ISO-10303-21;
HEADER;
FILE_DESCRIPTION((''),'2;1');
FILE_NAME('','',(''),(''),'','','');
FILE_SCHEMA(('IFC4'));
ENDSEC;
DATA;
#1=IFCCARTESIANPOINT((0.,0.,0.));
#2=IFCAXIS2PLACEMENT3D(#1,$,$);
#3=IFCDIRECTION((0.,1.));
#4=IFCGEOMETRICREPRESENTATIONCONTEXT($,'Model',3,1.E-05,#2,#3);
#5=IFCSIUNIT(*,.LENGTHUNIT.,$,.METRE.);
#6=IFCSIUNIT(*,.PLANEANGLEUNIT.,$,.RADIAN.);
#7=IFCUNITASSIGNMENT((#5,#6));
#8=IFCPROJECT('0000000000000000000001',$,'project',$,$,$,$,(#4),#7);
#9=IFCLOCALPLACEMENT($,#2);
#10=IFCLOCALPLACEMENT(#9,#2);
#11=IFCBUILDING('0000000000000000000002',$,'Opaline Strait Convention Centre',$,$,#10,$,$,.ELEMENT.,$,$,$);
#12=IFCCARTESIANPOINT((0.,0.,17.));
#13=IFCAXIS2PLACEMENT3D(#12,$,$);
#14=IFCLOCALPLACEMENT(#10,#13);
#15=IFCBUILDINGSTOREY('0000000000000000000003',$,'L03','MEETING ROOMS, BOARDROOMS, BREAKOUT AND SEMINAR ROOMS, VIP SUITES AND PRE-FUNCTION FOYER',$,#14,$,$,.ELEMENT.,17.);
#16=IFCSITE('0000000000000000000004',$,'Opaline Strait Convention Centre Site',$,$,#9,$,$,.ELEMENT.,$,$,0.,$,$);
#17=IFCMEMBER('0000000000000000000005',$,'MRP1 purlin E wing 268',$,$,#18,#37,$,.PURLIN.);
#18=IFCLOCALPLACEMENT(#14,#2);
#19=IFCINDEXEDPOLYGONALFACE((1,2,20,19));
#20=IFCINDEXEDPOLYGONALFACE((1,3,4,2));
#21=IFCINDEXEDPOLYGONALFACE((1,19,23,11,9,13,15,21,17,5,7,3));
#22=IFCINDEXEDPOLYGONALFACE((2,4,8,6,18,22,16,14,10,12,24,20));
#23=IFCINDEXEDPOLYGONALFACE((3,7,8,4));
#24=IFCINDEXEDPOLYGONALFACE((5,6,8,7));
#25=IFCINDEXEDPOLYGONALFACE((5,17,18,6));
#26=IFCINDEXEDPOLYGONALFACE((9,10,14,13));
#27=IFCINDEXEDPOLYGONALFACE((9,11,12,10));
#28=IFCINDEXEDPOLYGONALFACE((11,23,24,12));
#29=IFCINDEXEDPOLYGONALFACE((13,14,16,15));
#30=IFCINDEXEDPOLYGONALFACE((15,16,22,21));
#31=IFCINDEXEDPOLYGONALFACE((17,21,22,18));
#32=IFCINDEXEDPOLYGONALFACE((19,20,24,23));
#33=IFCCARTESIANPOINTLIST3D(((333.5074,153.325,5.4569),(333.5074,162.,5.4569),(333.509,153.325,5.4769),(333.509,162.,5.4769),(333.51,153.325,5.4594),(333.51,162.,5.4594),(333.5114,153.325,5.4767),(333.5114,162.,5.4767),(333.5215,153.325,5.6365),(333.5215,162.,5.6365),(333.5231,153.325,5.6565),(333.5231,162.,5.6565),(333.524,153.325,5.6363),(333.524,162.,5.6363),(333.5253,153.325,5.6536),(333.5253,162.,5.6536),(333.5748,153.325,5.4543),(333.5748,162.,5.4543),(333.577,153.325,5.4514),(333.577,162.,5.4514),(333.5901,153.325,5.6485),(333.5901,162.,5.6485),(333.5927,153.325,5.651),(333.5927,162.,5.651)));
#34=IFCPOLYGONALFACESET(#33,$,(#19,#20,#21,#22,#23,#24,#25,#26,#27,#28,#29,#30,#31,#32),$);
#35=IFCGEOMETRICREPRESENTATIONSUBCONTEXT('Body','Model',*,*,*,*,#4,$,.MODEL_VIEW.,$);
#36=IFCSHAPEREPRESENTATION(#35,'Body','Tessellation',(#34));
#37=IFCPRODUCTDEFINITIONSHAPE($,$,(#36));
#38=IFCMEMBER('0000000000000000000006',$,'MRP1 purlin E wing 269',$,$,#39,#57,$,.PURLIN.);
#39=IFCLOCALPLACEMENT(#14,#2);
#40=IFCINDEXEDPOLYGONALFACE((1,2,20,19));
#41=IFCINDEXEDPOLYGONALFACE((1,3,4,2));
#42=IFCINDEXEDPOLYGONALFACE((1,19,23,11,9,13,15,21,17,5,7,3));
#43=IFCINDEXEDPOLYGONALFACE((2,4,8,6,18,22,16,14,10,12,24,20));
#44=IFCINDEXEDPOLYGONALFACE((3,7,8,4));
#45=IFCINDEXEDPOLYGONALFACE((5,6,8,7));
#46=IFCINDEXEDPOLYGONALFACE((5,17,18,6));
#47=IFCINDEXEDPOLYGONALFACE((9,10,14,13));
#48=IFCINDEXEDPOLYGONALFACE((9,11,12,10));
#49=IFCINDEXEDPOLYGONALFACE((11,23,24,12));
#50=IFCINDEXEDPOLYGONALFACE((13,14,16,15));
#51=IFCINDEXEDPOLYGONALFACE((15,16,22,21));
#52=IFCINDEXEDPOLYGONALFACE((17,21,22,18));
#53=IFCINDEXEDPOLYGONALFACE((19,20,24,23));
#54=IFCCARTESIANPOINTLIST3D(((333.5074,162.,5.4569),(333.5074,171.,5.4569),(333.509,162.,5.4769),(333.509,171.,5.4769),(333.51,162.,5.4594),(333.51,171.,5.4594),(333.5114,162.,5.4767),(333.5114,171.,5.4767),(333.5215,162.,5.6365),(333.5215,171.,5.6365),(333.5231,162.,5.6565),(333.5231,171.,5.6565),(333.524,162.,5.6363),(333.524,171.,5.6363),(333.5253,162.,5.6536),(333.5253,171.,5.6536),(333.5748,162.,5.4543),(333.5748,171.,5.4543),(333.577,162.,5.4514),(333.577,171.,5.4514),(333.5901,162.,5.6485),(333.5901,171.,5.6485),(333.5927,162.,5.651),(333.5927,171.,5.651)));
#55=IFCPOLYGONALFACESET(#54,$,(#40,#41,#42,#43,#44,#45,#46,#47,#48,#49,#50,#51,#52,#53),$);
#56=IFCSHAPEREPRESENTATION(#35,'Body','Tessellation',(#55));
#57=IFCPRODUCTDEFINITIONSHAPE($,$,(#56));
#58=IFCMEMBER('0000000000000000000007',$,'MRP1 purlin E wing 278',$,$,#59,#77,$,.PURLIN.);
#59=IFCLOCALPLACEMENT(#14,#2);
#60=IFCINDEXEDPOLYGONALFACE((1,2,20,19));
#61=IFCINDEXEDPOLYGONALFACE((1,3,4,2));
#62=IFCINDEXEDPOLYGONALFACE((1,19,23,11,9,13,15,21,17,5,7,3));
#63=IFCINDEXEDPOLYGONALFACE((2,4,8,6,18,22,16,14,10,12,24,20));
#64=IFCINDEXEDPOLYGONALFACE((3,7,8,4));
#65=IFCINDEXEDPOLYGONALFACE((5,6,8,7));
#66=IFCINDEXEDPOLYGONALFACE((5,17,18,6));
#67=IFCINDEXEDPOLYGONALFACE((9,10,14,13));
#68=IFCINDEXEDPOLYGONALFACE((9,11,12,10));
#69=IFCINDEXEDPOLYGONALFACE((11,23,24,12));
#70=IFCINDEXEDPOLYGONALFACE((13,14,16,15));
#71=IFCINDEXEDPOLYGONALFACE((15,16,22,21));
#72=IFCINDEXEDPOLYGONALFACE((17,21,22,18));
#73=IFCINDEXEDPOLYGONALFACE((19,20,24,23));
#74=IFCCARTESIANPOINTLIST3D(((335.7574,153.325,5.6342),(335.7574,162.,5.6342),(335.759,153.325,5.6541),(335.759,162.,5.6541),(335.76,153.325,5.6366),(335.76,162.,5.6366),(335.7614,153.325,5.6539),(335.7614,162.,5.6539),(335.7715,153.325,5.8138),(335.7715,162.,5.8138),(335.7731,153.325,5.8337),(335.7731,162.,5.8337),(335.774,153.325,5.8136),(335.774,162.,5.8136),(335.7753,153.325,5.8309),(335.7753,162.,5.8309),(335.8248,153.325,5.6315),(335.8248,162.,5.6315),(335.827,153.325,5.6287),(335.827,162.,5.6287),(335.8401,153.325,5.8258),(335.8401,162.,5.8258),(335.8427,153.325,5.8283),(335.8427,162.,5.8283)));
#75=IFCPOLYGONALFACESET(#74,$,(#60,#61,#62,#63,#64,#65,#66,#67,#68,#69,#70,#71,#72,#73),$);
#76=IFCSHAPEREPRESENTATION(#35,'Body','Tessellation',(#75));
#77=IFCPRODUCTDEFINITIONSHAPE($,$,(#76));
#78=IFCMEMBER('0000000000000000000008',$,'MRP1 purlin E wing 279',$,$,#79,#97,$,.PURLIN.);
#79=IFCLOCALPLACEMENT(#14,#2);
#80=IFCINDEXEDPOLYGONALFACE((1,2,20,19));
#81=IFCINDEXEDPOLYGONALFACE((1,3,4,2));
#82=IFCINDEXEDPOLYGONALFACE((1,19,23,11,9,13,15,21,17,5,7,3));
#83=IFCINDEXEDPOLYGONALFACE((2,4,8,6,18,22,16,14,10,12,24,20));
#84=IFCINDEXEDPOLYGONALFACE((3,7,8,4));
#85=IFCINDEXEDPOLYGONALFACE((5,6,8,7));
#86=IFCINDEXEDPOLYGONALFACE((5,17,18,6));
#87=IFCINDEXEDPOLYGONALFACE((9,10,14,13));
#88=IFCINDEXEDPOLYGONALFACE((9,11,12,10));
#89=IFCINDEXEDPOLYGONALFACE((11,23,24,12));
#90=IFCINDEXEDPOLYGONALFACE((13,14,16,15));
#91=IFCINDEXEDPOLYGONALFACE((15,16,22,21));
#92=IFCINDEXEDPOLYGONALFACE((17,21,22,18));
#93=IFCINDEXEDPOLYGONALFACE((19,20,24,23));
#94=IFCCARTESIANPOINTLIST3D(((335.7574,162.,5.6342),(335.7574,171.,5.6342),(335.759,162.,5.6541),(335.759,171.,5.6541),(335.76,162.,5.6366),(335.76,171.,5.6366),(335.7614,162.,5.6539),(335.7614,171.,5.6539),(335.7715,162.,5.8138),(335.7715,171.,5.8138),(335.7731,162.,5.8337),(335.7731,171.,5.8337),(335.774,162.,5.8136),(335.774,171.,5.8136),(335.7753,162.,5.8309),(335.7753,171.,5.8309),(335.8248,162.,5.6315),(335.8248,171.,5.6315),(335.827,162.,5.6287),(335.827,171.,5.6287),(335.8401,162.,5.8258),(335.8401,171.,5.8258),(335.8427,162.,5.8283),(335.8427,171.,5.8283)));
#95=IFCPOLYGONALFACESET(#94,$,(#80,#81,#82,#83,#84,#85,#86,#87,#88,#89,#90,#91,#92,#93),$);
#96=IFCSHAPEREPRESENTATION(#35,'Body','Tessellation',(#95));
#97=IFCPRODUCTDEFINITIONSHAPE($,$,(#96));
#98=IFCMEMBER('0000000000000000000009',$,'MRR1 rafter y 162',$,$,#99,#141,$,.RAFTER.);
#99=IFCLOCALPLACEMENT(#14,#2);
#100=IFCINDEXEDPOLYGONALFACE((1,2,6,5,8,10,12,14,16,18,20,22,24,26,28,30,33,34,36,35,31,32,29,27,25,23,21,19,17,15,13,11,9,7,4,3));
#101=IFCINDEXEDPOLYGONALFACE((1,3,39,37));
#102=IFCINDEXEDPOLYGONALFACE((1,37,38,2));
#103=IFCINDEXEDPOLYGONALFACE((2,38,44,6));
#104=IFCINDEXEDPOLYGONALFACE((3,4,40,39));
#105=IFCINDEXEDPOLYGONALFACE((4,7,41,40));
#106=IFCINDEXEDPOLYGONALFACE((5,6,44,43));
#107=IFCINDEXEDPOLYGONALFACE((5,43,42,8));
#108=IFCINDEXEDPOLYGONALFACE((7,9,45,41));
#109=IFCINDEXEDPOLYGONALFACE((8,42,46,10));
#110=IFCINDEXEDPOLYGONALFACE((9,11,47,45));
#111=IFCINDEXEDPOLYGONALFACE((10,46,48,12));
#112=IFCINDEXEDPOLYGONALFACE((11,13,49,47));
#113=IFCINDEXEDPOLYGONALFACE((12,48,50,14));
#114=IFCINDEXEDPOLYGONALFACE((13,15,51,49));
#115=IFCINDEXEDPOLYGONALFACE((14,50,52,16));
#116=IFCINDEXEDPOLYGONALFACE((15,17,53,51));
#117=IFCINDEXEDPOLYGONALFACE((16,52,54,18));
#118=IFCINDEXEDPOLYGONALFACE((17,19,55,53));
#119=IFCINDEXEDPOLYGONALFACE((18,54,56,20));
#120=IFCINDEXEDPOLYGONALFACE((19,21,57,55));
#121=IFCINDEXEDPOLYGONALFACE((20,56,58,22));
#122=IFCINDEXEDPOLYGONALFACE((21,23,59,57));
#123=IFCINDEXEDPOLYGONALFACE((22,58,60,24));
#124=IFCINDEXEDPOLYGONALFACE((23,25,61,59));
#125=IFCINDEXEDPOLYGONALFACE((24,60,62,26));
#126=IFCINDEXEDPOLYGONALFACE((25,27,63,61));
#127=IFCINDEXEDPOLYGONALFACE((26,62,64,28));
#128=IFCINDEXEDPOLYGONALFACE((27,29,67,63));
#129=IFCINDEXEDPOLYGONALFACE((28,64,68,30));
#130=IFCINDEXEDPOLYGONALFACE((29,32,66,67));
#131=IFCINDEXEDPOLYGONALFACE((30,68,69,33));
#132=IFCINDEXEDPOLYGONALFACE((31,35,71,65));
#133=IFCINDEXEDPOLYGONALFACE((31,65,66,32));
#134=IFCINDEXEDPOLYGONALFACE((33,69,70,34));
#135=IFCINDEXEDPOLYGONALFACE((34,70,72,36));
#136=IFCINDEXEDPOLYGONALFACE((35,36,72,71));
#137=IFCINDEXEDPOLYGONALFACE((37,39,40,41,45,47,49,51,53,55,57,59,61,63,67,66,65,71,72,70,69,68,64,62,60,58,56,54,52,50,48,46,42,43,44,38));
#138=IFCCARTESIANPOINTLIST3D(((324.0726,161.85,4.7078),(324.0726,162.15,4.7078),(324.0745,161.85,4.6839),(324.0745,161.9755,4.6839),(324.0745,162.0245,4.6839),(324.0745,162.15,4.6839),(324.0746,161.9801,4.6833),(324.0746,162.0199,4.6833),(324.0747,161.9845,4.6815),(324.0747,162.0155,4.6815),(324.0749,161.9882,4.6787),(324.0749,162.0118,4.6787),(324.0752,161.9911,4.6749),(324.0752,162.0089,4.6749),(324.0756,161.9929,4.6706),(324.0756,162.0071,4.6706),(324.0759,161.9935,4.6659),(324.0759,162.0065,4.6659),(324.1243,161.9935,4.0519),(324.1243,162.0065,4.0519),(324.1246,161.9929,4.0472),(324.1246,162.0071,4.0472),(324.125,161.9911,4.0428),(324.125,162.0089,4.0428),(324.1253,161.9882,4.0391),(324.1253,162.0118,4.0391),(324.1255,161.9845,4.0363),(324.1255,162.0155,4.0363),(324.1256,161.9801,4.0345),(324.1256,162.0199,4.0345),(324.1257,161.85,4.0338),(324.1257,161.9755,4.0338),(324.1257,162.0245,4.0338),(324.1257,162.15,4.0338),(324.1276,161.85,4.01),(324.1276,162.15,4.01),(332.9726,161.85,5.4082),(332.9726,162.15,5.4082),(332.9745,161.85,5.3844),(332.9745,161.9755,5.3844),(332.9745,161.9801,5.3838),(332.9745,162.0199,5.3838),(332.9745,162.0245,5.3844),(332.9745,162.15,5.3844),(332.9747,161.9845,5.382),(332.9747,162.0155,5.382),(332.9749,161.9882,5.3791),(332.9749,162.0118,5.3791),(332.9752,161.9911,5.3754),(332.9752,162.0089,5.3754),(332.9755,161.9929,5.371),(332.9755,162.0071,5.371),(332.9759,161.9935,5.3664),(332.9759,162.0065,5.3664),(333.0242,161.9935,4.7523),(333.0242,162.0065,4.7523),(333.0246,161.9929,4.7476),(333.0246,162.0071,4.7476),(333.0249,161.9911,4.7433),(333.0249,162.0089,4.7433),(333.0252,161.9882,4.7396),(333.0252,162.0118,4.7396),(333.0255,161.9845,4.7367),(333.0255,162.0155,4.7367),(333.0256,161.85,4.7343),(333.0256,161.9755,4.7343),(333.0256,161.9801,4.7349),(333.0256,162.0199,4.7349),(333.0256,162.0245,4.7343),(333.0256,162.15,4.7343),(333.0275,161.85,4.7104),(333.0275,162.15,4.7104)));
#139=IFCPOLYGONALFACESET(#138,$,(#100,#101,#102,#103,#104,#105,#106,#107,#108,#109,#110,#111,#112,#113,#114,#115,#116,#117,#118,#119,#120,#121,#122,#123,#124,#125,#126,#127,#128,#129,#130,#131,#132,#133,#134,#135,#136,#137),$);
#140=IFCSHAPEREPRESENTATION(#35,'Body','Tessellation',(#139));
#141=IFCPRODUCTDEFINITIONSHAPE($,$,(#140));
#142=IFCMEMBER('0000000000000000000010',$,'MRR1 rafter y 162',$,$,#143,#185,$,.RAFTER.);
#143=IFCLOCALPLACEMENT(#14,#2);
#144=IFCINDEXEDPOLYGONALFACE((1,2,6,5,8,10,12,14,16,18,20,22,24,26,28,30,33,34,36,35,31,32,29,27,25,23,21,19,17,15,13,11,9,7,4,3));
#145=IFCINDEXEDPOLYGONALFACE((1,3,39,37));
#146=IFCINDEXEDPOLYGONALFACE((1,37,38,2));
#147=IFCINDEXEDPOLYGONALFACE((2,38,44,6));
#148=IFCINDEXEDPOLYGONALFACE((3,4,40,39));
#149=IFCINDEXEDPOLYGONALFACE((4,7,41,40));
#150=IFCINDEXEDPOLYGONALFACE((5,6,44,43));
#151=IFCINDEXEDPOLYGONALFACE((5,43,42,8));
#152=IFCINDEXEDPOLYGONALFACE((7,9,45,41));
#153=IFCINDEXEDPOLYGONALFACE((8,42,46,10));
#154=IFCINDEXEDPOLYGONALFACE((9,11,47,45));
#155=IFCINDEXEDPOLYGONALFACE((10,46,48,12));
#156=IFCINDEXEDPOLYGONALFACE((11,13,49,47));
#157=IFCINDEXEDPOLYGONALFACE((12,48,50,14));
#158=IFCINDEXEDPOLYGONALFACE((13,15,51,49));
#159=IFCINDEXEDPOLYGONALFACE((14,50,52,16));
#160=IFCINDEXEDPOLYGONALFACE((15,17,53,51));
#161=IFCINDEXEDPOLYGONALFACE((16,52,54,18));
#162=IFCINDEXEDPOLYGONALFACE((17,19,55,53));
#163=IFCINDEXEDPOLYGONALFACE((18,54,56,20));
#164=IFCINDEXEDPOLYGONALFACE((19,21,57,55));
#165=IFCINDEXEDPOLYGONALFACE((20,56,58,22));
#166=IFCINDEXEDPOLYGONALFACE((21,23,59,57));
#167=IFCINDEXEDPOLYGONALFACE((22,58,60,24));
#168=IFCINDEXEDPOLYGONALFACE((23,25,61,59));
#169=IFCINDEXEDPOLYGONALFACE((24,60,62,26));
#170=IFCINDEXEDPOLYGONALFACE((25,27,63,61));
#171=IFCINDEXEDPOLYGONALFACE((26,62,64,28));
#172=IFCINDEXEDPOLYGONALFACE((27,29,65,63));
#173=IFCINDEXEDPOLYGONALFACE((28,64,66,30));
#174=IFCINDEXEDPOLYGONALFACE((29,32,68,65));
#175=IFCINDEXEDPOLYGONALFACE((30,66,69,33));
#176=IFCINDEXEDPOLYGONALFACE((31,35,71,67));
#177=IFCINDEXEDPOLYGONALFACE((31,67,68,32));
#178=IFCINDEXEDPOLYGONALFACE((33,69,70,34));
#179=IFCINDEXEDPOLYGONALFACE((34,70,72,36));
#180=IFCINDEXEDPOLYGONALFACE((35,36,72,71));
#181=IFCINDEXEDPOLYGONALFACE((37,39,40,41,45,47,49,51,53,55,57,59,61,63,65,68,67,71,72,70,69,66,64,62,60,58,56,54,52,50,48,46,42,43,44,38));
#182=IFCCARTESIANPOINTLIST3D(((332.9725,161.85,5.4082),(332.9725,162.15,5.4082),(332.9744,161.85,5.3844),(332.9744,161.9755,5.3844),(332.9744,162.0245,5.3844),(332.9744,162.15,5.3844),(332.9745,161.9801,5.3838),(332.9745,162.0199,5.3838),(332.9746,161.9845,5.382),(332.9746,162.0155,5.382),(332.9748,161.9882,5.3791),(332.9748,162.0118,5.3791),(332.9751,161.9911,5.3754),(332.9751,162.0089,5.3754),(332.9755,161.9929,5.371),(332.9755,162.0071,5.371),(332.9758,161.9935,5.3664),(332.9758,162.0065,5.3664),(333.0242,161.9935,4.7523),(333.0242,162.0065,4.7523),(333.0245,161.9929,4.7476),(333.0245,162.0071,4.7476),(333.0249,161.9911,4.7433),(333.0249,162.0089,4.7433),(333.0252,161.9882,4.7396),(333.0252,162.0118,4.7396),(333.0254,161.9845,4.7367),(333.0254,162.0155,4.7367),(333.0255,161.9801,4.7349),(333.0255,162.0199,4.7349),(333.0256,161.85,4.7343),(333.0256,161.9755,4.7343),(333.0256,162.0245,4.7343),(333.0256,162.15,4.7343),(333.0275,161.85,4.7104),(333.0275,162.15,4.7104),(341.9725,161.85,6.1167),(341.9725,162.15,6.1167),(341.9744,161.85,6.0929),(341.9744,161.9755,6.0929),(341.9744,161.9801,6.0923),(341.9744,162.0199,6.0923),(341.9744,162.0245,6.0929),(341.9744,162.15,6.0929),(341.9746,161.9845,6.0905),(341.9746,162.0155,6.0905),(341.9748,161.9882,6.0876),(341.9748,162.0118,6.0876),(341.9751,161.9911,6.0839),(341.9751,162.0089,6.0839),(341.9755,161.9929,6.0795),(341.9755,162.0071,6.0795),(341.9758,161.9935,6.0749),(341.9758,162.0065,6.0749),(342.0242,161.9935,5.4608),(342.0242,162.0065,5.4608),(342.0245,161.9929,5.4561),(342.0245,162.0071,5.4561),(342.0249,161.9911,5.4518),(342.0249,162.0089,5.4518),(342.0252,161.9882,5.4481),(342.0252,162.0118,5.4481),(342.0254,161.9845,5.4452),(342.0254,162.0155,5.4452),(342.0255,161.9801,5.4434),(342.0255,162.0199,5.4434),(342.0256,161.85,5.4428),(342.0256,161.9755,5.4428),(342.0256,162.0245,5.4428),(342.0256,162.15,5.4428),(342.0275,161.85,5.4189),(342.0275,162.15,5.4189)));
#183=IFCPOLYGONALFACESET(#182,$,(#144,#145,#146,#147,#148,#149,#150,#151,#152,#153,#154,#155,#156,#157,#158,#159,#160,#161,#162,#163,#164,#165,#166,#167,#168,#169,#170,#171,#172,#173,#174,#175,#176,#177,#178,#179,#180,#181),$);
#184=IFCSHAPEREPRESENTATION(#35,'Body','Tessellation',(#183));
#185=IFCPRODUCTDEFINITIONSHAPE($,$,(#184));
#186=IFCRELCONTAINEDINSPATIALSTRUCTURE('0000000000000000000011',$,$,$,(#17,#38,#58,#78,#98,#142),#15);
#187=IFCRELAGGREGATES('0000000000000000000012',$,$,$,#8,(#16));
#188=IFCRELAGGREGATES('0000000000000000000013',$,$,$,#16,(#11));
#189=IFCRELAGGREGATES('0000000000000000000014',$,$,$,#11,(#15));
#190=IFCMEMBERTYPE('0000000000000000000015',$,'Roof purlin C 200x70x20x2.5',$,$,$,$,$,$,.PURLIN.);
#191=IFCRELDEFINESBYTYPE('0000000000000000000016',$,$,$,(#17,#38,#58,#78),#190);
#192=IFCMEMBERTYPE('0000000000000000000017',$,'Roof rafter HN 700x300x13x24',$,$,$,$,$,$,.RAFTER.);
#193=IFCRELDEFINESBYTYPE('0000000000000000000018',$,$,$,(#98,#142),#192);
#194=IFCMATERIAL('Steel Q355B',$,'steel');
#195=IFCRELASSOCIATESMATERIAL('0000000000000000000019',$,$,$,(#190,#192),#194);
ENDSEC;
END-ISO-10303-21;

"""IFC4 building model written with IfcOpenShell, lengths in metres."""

from ifc_helpers import new_model, si_unit, direction, frame, origin, origin_2d, place, context, subcontext, project, spatial, polyline, i_section, outline, extrude, material, material_profile, profile_set, type_object, element, save


model = new_model("IFC4")

# Units and contexts
model_context = context("Model", 3, precision=1e-05, world=origin(), true_north=direction((0.0, 1.0)))
body_context = subcontext(model_context, "Body", "Model", "MODEL_VIEW")
ifc_project = project(units=[si_unit("LENGTHUNIT", "METRE"), si_unit("PLANEANGLEUNIT", "RADIAN")], contexts=[model_context])

# Site, building, storey
site_placement = place(None, origin())
site = spatial("IfcSite", under=ifc_project, at=site_placement, Name="Opaline Strait Convention Centre Site", CompositionType="ELEMENT", RefElevation=0.0)
building_placement = place(site_placement, origin())
building = spatial("IfcBuilding", under=site, at=building_placement, Name="Opaline Strait Convention Centre", CompositionType="ELEMENT")
storey_placement = place(building_placement, frame((0.0, 0.0, 17.0)))
storey = spatial("IfcBuildingStorey", under=building, at=storey_placement, Name="L03", Description="MEETING ROOMS, BOARDROOMS, BREAKOUT AND SEMINAR ROOMS, VIP SUITES AND PRE-FUNCTION FOYER", CompositionType="ELEMENT", Elevation=17.0)

# Shared definitions
ifc_material_1 = material(Name="Steel Q355B", Category="steel")

# Members
ifc_material_profile_1 = material_profile(ifc_material_1, outline(polyline([(-0.0349, -0.1001), (0.0349, -0.1001), (0.0349, -0.0801), (0.0325, -0.0801), (0.0325, -0.0974), (-0.0325, -0.0974), (-0.0325, 0.0974), (0.0325, 0.0974), (0.0325, 0.0801), (0.0349, 0.0801), (0.0349, 0.1001), (-0.0349, 0.1001), (-0.0349, -0.1001)])), Name="C 200x70x20x2.5")
ifc_profile_set_1 = profile_set([ifc_material_profile_1], Name="Steel Q355B")
member_type_1 = type_object("IfcMemberType", Name="Roof purlin C 200x70x20x2.5", PredefinedType="PURLIN", material=ifc_profile_set_1)
member_1_placement = place(storey_placement, frame((333.55, 153.325, 5.554), z_axis=(0.0, 1.0, 0.0), x_axis=(-0.996917, 0.0, 0.078459)))
element("IfcMember", 1, at=member_1_placement, inside=storey, type_object=member_type_1, Name="MRP1 purlin E wing 268", PredefinedType="PURLIN", context=body_context, shape_type="SweptSolid", body=[
    extrude(outline(polyline([(-0.0349, -0.1001), (0.0349, -0.1001), (0.0349, -0.0801), (0.0325, -0.0801), (0.0325, -0.0974), (-0.0325, -0.0974), (-0.0325, 0.0974), (0.0325, 0.0974), (0.0325, 0.0801), (0.0349, 0.0801), (0.0349, 0.1001), (-0.0349, 0.1001), (-0.0349, -0.1001)])), origin(), (0.0, 0.0, 1.0), 8.675),
])
member_2_placement = place(storey_placement, frame((333.55, 162.0, 5.554), z_axis=(0.0, 1.0, 0.0), x_axis=(-0.996917, 0.0, 0.078459)))
element("IfcMember", 2, at=member_2_placement, inside=storey, type_object=member_type_1, Name="MRP1 purlin E wing 269", PredefinedType="PURLIN", context=body_context, shape_type="SweptSolid", body=[
    extrude(outline(polyline([(-0.0349, -0.1001), (0.0349, -0.1001), (0.0349, -0.0801), (0.0325, -0.0801), (0.0325, -0.0974), (-0.0325, -0.0974), (-0.0325, 0.0974), (0.0325, 0.0974), (0.0325, 0.0801), (0.0349, 0.0801), (0.0349, 0.1001), (-0.0349, 0.1001), (-0.0349, -0.1001)])), origin(), (0.0, 0.0, 1.0), 9.0),
])
member_3_placement = place(storey_placement, frame((335.8, 153.325, 5.7312), z_axis=(0.0, 1.0, 0.0), x_axis=(-0.996917, 0.0, 0.078459)))
element("IfcMember", 3, at=member_3_placement, inside=storey, type_object=member_type_1, Name="MRP1 purlin E wing 278", PredefinedType="PURLIN", context=body_context, shape_type="SweptSolid", body=[
    extrude(outline(polyline([(-0.0349, -0.1001), (0.0349, -0.1001), (0.0349, -0.0801), (0.0325, -0.0801), (0.0325, -0.0974), (-0.0325, -0.0974), (-0.0325, 0.0974), (0.0325, 0.0974), (0.0325, 0.0801), (0.0349, 0.0801), (0.0349, 0.1001), (-0.0349, 0.1001), (-0.0349, -0.1001)])), origin(), (0.0, 0.0, 1.0), 8.675),
])
member_4_placement = place(storey_placement, frame((335.8, 162.0, 5.7312), z_axis=(0.0, 1.0, 0.0), x_axis=(-0.996917, 0.0, 0.078459)))
element("IfcMember", 4, at=member_4_placement, inside=storey, type_object=member_type_1, Name="MRP1 purlin E wing 279", PredefinedType="PURLIN", context=body_context, shape_type="SweptSolid", body=[
    extrude(outline(polyline([(-0.0349, -0.1001), (0.0349, -0.1001), (0.0349, -0.0801), (0.0325, -0.0801), (0.0325, -0.0974), (-0.0325, -0.0974), (-0.0325, 0.0974), (0.0325, 0.0974), (0.0325, 0.0801), (0.0349, 0.0801), (0.0349, 0.1001), (-0.0349, 0.1001), (-0.0349, -0.1001)])), origin(), (0.0, 0.0, 1.0), 9.0),
])
ifc_material_profile_2 = material_profile(ifc_material_1, i_section(OverallWidth=0.3, OverallDepth=0.7, WebThickness=0.0129, FlangeThickness=0.0239, FilletRadius=0.0181, at=origin_2d()), Name="HN 700x300x13x24")
ifc_profile_set_2 = profile_set([ifc_material_profile_2], Name="Steel Q355B")
member_type_2 = type_object("IfcMemberType", Name="Roof rafter HN 700x300x13x24", PredefinedType="RAFTER", material=ifc_profile_set_2)
member_5_placement = place(storey_placement, frame((324.1001, 162.0, 4.3589), z_axis=(0.996917, 0.0, 0.078459), x_axis=(0.0, 1.0, 0.0)))
element("IfcMember", 5, at=member_5_placement, inside=storey, type_object=member_type_2, Name="MRR1 rafter y 162", PredefinedType="RAFTER", context=body_context, shape_type="SweptSolid", body=[
    extrude(i_section(OverallWidth=0.3, OverallDepth=0.7, WebThickness=0.0129, FlangeThickness=0.0239, FilletRadius=0.0181, at=origin_2d()), origin(), (0.0, 0.0, 1.0), 8.9275),
])
member_6_placement = place(storey_placement, frame((333.0, 162.0, 5.0593), z_axis=(0.996916, 0.0, 0.078479), x_axis=(0.0, 1.0, 0.0)))
element("IfcMember", 6, at=member_6_placement, inside=storey, type_object=member_type_2, Name="MRR1 rafter y 162", PredefinedType="RAFTER", context=body_context, shape_type="SweptSolid", body=[
    extrude(i_section(OverallWidth=0.3, OverallDepth=0.7, WebThickness=0.0129, FlangeThickness=0.0239, FilletRadius=0.0181, at=origin_2d()), origin(), (0.0, 0.0, 1.0), 9.0278),
])

save(model, "model.ifc")
